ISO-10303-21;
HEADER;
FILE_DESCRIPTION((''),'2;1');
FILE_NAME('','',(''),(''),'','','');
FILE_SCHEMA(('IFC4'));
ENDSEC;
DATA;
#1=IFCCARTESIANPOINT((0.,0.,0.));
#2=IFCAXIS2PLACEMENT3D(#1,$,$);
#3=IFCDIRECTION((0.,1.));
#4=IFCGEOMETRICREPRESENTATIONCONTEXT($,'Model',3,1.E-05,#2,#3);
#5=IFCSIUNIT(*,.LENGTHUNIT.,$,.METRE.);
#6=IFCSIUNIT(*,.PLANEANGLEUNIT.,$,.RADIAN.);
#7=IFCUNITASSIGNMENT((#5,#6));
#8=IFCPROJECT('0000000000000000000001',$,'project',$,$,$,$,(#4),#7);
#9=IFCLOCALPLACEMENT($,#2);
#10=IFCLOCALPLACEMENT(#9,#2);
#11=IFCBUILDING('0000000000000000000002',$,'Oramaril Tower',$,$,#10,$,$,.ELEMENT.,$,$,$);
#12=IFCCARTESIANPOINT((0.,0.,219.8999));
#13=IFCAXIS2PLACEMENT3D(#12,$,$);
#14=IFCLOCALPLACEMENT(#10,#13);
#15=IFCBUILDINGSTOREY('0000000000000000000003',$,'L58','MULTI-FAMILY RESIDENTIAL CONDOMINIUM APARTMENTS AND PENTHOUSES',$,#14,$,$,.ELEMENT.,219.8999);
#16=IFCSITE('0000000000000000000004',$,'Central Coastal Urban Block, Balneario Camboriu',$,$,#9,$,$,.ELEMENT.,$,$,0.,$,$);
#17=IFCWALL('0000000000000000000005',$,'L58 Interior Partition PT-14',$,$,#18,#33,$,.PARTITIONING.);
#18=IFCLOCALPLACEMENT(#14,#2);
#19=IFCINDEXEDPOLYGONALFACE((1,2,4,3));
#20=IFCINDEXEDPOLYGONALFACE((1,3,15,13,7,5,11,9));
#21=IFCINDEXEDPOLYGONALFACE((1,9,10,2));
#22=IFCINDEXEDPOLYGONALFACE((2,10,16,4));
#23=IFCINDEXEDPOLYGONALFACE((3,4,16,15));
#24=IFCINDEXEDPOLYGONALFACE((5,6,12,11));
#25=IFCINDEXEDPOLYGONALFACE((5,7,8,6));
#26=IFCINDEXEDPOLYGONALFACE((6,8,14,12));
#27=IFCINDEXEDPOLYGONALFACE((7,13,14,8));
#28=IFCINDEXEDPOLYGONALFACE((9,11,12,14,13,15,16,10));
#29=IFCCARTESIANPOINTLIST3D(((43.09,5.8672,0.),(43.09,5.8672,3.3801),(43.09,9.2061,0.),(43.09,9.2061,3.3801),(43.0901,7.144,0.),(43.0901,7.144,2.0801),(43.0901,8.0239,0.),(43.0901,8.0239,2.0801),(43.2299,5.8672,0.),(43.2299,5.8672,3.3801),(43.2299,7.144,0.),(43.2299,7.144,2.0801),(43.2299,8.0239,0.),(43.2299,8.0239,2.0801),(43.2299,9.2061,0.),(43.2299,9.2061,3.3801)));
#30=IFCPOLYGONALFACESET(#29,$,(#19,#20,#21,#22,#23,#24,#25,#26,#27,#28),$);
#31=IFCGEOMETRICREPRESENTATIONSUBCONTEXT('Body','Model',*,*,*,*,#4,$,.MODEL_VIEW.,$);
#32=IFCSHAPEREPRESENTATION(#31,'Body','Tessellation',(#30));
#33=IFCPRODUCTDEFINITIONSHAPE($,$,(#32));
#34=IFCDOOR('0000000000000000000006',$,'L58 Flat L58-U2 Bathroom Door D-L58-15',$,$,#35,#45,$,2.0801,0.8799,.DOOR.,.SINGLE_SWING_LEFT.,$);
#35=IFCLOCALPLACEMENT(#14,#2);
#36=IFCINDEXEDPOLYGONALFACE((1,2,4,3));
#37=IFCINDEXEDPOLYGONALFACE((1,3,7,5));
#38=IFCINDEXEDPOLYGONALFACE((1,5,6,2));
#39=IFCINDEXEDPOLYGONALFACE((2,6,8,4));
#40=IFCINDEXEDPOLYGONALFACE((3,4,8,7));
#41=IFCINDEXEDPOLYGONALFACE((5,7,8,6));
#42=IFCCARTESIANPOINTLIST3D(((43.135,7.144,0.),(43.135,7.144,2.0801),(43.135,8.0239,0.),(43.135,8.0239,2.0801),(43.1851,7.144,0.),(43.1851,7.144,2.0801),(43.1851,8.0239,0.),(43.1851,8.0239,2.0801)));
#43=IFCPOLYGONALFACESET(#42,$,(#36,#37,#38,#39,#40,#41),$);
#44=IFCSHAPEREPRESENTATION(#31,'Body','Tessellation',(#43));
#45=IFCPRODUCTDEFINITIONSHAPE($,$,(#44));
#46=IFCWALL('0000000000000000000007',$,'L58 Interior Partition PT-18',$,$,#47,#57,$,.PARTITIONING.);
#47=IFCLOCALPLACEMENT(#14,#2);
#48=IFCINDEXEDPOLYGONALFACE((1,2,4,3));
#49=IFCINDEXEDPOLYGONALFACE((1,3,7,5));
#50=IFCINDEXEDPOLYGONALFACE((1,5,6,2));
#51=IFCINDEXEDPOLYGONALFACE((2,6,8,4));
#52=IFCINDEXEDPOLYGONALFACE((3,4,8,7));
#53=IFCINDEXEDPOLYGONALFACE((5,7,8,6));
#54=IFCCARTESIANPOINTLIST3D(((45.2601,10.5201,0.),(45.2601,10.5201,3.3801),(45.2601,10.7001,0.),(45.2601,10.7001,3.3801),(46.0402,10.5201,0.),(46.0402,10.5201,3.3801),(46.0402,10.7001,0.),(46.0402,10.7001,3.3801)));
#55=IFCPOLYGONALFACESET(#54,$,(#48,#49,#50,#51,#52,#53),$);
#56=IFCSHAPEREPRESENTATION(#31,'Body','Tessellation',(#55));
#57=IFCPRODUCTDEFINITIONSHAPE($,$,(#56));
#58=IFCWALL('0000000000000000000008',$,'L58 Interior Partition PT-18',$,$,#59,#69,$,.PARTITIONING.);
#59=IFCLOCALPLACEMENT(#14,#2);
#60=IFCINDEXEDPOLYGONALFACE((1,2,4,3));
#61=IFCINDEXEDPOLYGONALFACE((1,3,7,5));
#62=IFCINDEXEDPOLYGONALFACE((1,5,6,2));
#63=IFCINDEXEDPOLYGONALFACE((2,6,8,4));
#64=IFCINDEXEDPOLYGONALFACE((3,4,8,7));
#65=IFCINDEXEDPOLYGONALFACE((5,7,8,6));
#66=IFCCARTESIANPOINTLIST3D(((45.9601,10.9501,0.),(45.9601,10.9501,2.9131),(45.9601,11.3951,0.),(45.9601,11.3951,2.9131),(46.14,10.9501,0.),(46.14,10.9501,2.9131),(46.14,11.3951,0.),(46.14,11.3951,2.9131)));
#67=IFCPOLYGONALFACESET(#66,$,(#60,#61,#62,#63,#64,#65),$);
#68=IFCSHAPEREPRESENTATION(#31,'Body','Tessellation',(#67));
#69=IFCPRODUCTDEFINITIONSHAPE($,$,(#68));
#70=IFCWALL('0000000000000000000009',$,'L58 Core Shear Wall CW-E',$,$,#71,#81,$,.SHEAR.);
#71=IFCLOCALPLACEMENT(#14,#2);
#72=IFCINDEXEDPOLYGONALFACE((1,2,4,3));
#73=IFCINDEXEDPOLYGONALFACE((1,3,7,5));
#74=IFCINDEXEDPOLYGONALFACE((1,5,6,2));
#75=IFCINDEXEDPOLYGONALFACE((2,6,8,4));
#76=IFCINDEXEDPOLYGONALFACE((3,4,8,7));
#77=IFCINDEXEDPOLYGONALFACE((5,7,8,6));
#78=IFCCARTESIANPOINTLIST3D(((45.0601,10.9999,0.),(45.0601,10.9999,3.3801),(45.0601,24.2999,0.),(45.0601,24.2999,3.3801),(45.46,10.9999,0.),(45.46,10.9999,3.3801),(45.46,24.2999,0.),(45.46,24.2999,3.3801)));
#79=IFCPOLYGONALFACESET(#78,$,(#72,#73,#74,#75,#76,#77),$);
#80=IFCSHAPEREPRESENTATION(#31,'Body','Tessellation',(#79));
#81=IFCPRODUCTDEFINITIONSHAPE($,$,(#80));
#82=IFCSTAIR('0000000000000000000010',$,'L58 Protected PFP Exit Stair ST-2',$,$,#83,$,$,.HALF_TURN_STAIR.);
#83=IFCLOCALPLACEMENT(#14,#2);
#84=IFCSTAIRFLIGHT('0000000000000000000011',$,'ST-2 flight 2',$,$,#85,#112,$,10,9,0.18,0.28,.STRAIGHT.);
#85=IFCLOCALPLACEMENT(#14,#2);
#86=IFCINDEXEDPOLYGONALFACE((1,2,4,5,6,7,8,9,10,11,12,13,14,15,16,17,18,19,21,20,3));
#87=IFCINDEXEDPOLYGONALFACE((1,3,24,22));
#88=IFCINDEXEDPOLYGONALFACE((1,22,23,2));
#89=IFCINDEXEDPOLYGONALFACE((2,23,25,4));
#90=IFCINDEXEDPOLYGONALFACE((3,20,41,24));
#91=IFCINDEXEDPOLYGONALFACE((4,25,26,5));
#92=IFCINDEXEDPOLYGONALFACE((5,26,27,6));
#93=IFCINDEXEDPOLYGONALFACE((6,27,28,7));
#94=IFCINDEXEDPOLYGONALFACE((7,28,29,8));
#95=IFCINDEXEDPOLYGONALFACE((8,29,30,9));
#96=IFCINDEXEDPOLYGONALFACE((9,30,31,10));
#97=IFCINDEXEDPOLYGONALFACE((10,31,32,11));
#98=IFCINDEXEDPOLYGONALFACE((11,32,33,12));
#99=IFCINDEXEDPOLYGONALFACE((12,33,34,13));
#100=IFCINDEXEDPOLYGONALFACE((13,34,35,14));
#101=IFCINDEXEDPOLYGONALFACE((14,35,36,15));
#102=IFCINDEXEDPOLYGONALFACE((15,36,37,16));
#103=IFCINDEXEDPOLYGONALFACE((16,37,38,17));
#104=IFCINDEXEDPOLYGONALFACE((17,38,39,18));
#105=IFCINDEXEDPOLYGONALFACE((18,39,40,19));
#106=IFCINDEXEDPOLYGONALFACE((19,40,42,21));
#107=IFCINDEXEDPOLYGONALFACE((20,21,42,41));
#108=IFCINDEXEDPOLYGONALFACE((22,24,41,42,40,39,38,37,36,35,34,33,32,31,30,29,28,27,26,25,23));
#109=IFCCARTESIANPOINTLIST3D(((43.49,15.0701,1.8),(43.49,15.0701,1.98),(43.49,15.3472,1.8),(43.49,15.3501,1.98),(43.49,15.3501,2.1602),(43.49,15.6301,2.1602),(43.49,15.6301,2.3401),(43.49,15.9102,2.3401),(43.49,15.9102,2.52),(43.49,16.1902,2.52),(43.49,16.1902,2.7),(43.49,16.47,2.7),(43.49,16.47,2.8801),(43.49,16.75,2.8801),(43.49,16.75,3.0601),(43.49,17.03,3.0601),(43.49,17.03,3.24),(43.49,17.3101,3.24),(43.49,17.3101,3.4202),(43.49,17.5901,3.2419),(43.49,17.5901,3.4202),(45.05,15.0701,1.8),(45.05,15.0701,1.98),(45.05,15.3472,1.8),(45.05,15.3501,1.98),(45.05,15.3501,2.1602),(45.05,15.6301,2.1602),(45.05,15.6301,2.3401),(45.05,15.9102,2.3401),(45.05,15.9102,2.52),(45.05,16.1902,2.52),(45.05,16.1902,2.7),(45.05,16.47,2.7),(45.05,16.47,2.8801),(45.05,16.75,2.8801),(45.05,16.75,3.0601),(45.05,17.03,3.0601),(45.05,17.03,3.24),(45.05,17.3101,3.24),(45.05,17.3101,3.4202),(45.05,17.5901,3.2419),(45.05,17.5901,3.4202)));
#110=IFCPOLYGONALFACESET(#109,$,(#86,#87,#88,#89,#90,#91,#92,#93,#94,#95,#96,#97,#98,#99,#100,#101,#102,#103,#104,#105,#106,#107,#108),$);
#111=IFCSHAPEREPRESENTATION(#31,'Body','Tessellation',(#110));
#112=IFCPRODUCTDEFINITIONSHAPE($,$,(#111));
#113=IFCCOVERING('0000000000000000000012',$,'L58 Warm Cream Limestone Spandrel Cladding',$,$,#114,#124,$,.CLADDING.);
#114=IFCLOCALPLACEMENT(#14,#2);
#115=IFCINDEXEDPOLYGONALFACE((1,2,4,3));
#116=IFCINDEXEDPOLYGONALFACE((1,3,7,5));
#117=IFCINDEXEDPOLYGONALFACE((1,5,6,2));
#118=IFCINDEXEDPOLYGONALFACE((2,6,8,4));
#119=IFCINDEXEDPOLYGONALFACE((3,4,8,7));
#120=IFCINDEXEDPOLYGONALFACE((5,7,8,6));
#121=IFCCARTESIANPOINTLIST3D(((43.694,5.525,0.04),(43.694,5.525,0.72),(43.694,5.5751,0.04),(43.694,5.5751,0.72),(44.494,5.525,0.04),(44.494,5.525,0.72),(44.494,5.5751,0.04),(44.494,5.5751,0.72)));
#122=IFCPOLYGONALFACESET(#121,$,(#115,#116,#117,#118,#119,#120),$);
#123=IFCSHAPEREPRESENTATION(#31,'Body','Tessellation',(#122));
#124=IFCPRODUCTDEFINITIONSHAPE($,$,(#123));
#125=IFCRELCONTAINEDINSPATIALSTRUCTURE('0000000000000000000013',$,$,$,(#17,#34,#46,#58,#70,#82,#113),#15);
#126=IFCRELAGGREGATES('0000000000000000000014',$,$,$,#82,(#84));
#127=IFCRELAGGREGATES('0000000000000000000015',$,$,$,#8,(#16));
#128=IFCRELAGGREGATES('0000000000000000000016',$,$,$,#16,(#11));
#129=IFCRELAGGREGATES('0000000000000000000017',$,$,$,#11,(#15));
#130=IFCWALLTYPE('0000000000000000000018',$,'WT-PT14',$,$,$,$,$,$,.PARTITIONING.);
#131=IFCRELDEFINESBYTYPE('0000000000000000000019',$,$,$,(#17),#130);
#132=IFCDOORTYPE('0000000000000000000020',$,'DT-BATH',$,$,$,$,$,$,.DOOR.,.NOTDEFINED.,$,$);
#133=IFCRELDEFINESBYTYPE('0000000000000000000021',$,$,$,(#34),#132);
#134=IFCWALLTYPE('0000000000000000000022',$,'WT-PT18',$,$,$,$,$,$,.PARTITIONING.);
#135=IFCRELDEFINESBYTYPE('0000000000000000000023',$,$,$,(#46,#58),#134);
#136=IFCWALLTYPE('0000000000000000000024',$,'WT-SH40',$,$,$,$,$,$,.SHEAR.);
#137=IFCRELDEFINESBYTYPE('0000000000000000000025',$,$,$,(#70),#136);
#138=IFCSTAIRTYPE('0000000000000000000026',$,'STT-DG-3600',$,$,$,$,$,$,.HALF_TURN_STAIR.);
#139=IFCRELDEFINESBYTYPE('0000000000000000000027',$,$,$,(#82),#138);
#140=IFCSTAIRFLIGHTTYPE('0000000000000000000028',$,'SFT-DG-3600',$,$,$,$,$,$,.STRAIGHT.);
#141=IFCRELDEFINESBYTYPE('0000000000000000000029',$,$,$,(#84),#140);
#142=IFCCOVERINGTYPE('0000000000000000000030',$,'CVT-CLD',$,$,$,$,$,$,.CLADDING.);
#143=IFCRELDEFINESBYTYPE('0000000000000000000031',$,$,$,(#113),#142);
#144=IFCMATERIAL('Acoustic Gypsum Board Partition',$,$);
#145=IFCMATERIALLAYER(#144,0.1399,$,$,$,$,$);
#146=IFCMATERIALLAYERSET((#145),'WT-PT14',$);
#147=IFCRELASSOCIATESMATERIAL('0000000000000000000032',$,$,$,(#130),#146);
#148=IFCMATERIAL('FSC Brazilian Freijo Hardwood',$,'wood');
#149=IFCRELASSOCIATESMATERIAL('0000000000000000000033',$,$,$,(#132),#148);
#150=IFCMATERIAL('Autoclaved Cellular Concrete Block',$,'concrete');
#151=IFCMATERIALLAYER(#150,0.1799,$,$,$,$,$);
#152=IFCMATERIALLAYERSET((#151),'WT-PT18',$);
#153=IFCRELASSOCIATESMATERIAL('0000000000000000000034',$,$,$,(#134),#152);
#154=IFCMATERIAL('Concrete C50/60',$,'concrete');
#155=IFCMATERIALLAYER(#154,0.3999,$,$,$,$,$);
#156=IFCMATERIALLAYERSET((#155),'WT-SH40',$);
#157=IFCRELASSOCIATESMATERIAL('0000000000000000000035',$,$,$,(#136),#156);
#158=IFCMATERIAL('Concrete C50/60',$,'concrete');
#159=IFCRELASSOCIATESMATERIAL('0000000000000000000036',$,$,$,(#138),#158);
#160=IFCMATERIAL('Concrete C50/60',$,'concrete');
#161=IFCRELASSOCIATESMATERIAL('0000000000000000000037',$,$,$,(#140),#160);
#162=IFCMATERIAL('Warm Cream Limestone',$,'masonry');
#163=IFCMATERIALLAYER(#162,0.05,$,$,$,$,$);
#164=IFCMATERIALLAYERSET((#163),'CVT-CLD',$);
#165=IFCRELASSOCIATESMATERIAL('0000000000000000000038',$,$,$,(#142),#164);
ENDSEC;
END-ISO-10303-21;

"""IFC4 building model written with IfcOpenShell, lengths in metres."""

from ifc_helpers import new_model, si_unit, direction, frame, frame_2d, origin, origin_2d, place, context, subcontext, project, spatial, polyline, rectangle, outline, extrude, material, layer, layer_set, type_object, element, fill, aggregate, save


model = new_model("IFC4")

# Units and contexts
model_context = context("Model", 3, precision=1e-05, world=origin(), true_north=direction((0.0, 1.0)))
body_context = subcontext(model_context, "Body", "Model", "MODEL_VIEW")
ifc_project = project(units=[si_unit("LENGTHUNIT", "METRE"), si_unit("PLANEANGLEUNIT", "RADIAN")], contexts=[model_context])

# Site, building, storey
site_placement = place(None, origin())
site = spatial("IfcSite", under=ifc_project, at=site_placement, Name="Central Coastal Urban Block, Balneario Camboriu", CompositionType="ELEMENT", RefElevation=0.0)
building_placement = place(site_placement, origin())
building = spatial("IfcBuilding", under=site, at=building_placement, Name="Oramaril Tower", CompositionType="ELEMENT")
storey_placement = place(building_placement, frame((0.0, 0.0, 219.8999)))
storey = spatial("IfcBuildingStorey", under=building, at=storey_placement, Name="L58", Description="MULTI-FAMILY RESIDENTIAL CONDOMINIUM APARTMENTS AND PENTHOUSES", CompositionType="ELEMENT", Elevation=219.8999)

# Wall, opening, door
ifc_material_1 = material(Name="Acoustic Gypsum Board Partition")
ifc_layer_1 = layer(ifc_material_1, 0.1399)
ifc_layer_set_1 = layer_set([ifc_layer_1], Name="WT-PT14")
wall_type_1 = type_object("IfcWallType", Name="WT-PT14", PredefinedType="PARTITIONING", material=ifc_layer_set_1)
wall_1_placement = place(storey_placement, frame((43.1599, 5.8672, 0.0), z_axis=(0.0, 0.0, 1.0), x_axis=(0.0, 1.0, 0.0)))
wall_1 = element("IfcWall", 1, at=wall_1_placement, inside=storey, type_object=wall_type_1, Name="L58 Interior Partition PT-14", PredefinedType="PARTITIONING", context=body_context, shape_type="SweptSolid", body=[
    extrude(rectangle(XDim=3.3389, YDim=0.1399, at=frame_2d((1.6694, 0.0))), origin(), (0.0, 0.0, 1.0), 3.3801),
])
opening_placement = place(wall_1_placement, frame((1.2769, 0.0, 0.0)))
opening = element("IfcOpeningElement", 2, at=opening_placement, cuts=wall_1, PredefinedType="OPENING", context=body_context, shape_type="SweptSolid", body=[
    extrude(rectangle(XDim=0.8799, YDim=2.0801, at=frame_2d((0.4399, 1.04))), frame((0.0, 0.0698, 0.0), z_axis=(0.0, -1.0, 0.0), x_axis=(1.0, 0.0, 0.0)), (0.0, 0.0, 1.0), 0.1399),
])
ifc_material_2 = material(Name="FSC Brazilian Freijo Hardwood", Category="wood")
door_type = type_object("IfcDoorType", Name="DT-BATH", OperationType="NOTDEFINED", PredefinedType="DOOR", material=ifc_material_2)
door_placement = place(opening_placement, origin())
door = element("IfcDoor", 3, at=door_placement, inside=storey, type_object=door_type, Name="L58 Flat L58-U2 Bathroom Door D-L58-15", OperationType="SINGLE_SWING_LEFT", OverallHeight=2.0801, OverallWidth=0.8799, PredefinedType="DOOR", context=body_context, shape_type="SweptSolid", body=[
    extrude(rectangle(XDim=0.8799, YDim=2.0801, at=frame_2d((0.4399, 1.04))), frame((0.0, 0.0249, 0.0), z_axis=(0.0, -1.0, 0.0), x_axis=(1.0, 0.0, 0.0)), (0.0, 0.0, 1.0), 0.05),
])
fill(opening, door)

# Walls
ifc_material_3 = material(Name="Autoclaved Cellular Concrete Block", Category="concrete")
ifc_layer_2 = layer(ifc_material_3, 0.1799)
ifc_layer_set_2 = layer_set([ifc_layer_2], Name="WT-PT18")
wall_type_2 = type_object("IfcWallType", Name="WT-PT18", PredefinedType="PARTITIONING", material=ifc_layer_set_2)
wall_2_placement = place(storey_placement, frame((45.26, 10.6101, 0.0), z_axis=(0.0, 0.0, 1.0), x_axis=(1.0, 0.0, 0.0)))
element("IfcWall", 4, at=wall_2_placement, inside=storey, type_object=wall_type_2, Name="L58 Interior Partition PT-18", PredefinedType="PARTITIONING", context=body_context, shape_type="SweptSolid", body=[
    extrude(rectangle(XDim=0.78, YDim=0.1799, at=frame_2d((0.3901, 0.0))), origin(), (0.0, 0.0, 1.0), 3.3801),
])
wall_3_placement = place(storey_placement, frame((46.05, 10.95, 0.0), z_axis=(0.0, 0.0, 1.0), x_axis=(0.0, 1.0, 0.0)))
element("IfcWall", 5, at=wall_3_placement, inside=storey, type_object=wall_type_2, Name="L58 Interior Partition PT-18", PredefinedType="PARTITIONING", context=body_context, shape_type="SweptSolid", body=[
    extrude(rectangle(XDim=0.4451, YDim=0.1799, at=frame_2d((0.2227, 0.0))), origin(), (0.0, 0.0, 1.0), 2.9131),
])
ifc_material_4 = material(Name="Concrete C50/60", Category="concrete")
ifc_layer_3 = layer(ifc_material_4, 0.3999)
ifc_layer_set_3 = layer_set([ifc_layer_3], Name="WT-SH40")
wall_type_3 = type_object("IfcWallType", Name="WT-SH40", PredefinedType="SHEAR", material=ifc_layer_set_3)
wall_4_placement = place(storey_placement, frame((45.26, 11.0, 0.0), z_axis=(0.0, 0.0, 1.0), x_axis=(0.0, 1.0, 0.0)))
element("IfcWall", 6, at=wall_4_placement, inside=storey, type_object=wall_type_3, Name="L58 Core Shear Wall CW-E", PredefinedType="SHEAR", context=body_context, shape_type="SweptSolid", body=[
    extrude(rectangle(XDim=13.3, YDim=0.3999, at=frame_2d((6.6499, 0.0))), origin(), (0.0, 0.0, 1.0), 3.3801),
])

# Stair, stair flight
ifc_material_5 = material(Name="Concrete C50/60", Category="concrete")
stair_type = type_object("IfcStairType", Name="STT-DG-3600", PredefinedType="HALF_TURN_STAIR", material=ifc_material_5)
stair_placement = place(storey_placement, origin())
stair = element("IfcStair", 7, at=stair_placement, inside=storey, type_object=stair_type, Name="L58 Protected PFP Exit Stair ST-2", PredefinedType="HALF_TURN_STAIR")
ifc_material_6 = material(Name="Concrete C50/60", Category="concrete")
stair_flight_type = type_object("IfcStairFlightType", Name="SFT-DG-3600", PredefinedType="STRAIGHT", material=ifc_material_6)
stair_flight_placement = place(storey_placement, frame((44.27, 15.0701, 1.8), z_axis=(0.0, 0.0, 1.0), x_axis=(0.0, 1.0, 0.0)))
stair_flight = element("IfcStairFlight", 8, at=stair_flight_placement, type_object=stair_flight_type, Name="ST-2 flight 2", NumberOfRisers=10, NumberOfTreads=9, PredefinedType="STRAIGHT", RiserHeight=0.18, TreadLength=0.28, context=body_context, shape_type="SweptSolid", body=[
    extrude(outline(polyline([(0.0, 0.0), (0.0, 0.1799), (0.28, 0.1799), (0.28, 0.3601), (0.5601, 0.3601), (0.5601, 0.54), (0.8401, 0.54), (0.8401, 0.72), (1.1201, 0.72), (1.1201, 0.8999), (1.3999, 0.8999), (1.3999, 1.0801), (1.6799, 1.0801), (1.6799, 1.26), (1.96, 1.26), (1.96, 1.4399), (2.24, 1.4399), (2.24, 1.6201), (2.52, 1.6201), (2.52, 1.8), (2.52, 1.4419), (0.2771, 0.0), (0.0, 0.0)])), frame((0.0, 0.78, 0.0), z_axis=(0.0, -1.0, 0.0), x_axis=(1.0, 0.0, 0.0)), (0.0, 0.0, 1.0), 1.5601),
])
aggregate(stair, [stair_flight])

# Covering
ifc_material_7 = material(Name="Warm Cream Limestone", Category="masonry")
ifc_layer_4 = layer(ifc_material_7, 0.05)
ifc_layer_set_4 = layer_set([ifc_layer_4], Name="CVT-CLD")
covering_type = type_object("IfcCoveringType", Name="CVT-CLD", PredefinedType="CLADDING", material=ifc_layer_set_4)
covering_placement = place(storey_placement, frame((44.094, 5.55, 0.04), z_axis=(0.0, 0.0, 1.0), x_axis=(1.0, 0.0, 0.0)))
element("IfcCovering", 9, at=covering_placement, inside=storey, type_object=covering_type, Name="L58 Warm Cream Limestone Spandrel Cladding", PredefinedType="CLADDING", context=body_context, shape_type="SweptSolid", body=[
    extrude(rectangle(XDim=0.8, YDim=0.05, at=origin_2d()), origin(), (0.0, 0.0, 1.0), 0.6799),
])

save(model, "model.ifc")
